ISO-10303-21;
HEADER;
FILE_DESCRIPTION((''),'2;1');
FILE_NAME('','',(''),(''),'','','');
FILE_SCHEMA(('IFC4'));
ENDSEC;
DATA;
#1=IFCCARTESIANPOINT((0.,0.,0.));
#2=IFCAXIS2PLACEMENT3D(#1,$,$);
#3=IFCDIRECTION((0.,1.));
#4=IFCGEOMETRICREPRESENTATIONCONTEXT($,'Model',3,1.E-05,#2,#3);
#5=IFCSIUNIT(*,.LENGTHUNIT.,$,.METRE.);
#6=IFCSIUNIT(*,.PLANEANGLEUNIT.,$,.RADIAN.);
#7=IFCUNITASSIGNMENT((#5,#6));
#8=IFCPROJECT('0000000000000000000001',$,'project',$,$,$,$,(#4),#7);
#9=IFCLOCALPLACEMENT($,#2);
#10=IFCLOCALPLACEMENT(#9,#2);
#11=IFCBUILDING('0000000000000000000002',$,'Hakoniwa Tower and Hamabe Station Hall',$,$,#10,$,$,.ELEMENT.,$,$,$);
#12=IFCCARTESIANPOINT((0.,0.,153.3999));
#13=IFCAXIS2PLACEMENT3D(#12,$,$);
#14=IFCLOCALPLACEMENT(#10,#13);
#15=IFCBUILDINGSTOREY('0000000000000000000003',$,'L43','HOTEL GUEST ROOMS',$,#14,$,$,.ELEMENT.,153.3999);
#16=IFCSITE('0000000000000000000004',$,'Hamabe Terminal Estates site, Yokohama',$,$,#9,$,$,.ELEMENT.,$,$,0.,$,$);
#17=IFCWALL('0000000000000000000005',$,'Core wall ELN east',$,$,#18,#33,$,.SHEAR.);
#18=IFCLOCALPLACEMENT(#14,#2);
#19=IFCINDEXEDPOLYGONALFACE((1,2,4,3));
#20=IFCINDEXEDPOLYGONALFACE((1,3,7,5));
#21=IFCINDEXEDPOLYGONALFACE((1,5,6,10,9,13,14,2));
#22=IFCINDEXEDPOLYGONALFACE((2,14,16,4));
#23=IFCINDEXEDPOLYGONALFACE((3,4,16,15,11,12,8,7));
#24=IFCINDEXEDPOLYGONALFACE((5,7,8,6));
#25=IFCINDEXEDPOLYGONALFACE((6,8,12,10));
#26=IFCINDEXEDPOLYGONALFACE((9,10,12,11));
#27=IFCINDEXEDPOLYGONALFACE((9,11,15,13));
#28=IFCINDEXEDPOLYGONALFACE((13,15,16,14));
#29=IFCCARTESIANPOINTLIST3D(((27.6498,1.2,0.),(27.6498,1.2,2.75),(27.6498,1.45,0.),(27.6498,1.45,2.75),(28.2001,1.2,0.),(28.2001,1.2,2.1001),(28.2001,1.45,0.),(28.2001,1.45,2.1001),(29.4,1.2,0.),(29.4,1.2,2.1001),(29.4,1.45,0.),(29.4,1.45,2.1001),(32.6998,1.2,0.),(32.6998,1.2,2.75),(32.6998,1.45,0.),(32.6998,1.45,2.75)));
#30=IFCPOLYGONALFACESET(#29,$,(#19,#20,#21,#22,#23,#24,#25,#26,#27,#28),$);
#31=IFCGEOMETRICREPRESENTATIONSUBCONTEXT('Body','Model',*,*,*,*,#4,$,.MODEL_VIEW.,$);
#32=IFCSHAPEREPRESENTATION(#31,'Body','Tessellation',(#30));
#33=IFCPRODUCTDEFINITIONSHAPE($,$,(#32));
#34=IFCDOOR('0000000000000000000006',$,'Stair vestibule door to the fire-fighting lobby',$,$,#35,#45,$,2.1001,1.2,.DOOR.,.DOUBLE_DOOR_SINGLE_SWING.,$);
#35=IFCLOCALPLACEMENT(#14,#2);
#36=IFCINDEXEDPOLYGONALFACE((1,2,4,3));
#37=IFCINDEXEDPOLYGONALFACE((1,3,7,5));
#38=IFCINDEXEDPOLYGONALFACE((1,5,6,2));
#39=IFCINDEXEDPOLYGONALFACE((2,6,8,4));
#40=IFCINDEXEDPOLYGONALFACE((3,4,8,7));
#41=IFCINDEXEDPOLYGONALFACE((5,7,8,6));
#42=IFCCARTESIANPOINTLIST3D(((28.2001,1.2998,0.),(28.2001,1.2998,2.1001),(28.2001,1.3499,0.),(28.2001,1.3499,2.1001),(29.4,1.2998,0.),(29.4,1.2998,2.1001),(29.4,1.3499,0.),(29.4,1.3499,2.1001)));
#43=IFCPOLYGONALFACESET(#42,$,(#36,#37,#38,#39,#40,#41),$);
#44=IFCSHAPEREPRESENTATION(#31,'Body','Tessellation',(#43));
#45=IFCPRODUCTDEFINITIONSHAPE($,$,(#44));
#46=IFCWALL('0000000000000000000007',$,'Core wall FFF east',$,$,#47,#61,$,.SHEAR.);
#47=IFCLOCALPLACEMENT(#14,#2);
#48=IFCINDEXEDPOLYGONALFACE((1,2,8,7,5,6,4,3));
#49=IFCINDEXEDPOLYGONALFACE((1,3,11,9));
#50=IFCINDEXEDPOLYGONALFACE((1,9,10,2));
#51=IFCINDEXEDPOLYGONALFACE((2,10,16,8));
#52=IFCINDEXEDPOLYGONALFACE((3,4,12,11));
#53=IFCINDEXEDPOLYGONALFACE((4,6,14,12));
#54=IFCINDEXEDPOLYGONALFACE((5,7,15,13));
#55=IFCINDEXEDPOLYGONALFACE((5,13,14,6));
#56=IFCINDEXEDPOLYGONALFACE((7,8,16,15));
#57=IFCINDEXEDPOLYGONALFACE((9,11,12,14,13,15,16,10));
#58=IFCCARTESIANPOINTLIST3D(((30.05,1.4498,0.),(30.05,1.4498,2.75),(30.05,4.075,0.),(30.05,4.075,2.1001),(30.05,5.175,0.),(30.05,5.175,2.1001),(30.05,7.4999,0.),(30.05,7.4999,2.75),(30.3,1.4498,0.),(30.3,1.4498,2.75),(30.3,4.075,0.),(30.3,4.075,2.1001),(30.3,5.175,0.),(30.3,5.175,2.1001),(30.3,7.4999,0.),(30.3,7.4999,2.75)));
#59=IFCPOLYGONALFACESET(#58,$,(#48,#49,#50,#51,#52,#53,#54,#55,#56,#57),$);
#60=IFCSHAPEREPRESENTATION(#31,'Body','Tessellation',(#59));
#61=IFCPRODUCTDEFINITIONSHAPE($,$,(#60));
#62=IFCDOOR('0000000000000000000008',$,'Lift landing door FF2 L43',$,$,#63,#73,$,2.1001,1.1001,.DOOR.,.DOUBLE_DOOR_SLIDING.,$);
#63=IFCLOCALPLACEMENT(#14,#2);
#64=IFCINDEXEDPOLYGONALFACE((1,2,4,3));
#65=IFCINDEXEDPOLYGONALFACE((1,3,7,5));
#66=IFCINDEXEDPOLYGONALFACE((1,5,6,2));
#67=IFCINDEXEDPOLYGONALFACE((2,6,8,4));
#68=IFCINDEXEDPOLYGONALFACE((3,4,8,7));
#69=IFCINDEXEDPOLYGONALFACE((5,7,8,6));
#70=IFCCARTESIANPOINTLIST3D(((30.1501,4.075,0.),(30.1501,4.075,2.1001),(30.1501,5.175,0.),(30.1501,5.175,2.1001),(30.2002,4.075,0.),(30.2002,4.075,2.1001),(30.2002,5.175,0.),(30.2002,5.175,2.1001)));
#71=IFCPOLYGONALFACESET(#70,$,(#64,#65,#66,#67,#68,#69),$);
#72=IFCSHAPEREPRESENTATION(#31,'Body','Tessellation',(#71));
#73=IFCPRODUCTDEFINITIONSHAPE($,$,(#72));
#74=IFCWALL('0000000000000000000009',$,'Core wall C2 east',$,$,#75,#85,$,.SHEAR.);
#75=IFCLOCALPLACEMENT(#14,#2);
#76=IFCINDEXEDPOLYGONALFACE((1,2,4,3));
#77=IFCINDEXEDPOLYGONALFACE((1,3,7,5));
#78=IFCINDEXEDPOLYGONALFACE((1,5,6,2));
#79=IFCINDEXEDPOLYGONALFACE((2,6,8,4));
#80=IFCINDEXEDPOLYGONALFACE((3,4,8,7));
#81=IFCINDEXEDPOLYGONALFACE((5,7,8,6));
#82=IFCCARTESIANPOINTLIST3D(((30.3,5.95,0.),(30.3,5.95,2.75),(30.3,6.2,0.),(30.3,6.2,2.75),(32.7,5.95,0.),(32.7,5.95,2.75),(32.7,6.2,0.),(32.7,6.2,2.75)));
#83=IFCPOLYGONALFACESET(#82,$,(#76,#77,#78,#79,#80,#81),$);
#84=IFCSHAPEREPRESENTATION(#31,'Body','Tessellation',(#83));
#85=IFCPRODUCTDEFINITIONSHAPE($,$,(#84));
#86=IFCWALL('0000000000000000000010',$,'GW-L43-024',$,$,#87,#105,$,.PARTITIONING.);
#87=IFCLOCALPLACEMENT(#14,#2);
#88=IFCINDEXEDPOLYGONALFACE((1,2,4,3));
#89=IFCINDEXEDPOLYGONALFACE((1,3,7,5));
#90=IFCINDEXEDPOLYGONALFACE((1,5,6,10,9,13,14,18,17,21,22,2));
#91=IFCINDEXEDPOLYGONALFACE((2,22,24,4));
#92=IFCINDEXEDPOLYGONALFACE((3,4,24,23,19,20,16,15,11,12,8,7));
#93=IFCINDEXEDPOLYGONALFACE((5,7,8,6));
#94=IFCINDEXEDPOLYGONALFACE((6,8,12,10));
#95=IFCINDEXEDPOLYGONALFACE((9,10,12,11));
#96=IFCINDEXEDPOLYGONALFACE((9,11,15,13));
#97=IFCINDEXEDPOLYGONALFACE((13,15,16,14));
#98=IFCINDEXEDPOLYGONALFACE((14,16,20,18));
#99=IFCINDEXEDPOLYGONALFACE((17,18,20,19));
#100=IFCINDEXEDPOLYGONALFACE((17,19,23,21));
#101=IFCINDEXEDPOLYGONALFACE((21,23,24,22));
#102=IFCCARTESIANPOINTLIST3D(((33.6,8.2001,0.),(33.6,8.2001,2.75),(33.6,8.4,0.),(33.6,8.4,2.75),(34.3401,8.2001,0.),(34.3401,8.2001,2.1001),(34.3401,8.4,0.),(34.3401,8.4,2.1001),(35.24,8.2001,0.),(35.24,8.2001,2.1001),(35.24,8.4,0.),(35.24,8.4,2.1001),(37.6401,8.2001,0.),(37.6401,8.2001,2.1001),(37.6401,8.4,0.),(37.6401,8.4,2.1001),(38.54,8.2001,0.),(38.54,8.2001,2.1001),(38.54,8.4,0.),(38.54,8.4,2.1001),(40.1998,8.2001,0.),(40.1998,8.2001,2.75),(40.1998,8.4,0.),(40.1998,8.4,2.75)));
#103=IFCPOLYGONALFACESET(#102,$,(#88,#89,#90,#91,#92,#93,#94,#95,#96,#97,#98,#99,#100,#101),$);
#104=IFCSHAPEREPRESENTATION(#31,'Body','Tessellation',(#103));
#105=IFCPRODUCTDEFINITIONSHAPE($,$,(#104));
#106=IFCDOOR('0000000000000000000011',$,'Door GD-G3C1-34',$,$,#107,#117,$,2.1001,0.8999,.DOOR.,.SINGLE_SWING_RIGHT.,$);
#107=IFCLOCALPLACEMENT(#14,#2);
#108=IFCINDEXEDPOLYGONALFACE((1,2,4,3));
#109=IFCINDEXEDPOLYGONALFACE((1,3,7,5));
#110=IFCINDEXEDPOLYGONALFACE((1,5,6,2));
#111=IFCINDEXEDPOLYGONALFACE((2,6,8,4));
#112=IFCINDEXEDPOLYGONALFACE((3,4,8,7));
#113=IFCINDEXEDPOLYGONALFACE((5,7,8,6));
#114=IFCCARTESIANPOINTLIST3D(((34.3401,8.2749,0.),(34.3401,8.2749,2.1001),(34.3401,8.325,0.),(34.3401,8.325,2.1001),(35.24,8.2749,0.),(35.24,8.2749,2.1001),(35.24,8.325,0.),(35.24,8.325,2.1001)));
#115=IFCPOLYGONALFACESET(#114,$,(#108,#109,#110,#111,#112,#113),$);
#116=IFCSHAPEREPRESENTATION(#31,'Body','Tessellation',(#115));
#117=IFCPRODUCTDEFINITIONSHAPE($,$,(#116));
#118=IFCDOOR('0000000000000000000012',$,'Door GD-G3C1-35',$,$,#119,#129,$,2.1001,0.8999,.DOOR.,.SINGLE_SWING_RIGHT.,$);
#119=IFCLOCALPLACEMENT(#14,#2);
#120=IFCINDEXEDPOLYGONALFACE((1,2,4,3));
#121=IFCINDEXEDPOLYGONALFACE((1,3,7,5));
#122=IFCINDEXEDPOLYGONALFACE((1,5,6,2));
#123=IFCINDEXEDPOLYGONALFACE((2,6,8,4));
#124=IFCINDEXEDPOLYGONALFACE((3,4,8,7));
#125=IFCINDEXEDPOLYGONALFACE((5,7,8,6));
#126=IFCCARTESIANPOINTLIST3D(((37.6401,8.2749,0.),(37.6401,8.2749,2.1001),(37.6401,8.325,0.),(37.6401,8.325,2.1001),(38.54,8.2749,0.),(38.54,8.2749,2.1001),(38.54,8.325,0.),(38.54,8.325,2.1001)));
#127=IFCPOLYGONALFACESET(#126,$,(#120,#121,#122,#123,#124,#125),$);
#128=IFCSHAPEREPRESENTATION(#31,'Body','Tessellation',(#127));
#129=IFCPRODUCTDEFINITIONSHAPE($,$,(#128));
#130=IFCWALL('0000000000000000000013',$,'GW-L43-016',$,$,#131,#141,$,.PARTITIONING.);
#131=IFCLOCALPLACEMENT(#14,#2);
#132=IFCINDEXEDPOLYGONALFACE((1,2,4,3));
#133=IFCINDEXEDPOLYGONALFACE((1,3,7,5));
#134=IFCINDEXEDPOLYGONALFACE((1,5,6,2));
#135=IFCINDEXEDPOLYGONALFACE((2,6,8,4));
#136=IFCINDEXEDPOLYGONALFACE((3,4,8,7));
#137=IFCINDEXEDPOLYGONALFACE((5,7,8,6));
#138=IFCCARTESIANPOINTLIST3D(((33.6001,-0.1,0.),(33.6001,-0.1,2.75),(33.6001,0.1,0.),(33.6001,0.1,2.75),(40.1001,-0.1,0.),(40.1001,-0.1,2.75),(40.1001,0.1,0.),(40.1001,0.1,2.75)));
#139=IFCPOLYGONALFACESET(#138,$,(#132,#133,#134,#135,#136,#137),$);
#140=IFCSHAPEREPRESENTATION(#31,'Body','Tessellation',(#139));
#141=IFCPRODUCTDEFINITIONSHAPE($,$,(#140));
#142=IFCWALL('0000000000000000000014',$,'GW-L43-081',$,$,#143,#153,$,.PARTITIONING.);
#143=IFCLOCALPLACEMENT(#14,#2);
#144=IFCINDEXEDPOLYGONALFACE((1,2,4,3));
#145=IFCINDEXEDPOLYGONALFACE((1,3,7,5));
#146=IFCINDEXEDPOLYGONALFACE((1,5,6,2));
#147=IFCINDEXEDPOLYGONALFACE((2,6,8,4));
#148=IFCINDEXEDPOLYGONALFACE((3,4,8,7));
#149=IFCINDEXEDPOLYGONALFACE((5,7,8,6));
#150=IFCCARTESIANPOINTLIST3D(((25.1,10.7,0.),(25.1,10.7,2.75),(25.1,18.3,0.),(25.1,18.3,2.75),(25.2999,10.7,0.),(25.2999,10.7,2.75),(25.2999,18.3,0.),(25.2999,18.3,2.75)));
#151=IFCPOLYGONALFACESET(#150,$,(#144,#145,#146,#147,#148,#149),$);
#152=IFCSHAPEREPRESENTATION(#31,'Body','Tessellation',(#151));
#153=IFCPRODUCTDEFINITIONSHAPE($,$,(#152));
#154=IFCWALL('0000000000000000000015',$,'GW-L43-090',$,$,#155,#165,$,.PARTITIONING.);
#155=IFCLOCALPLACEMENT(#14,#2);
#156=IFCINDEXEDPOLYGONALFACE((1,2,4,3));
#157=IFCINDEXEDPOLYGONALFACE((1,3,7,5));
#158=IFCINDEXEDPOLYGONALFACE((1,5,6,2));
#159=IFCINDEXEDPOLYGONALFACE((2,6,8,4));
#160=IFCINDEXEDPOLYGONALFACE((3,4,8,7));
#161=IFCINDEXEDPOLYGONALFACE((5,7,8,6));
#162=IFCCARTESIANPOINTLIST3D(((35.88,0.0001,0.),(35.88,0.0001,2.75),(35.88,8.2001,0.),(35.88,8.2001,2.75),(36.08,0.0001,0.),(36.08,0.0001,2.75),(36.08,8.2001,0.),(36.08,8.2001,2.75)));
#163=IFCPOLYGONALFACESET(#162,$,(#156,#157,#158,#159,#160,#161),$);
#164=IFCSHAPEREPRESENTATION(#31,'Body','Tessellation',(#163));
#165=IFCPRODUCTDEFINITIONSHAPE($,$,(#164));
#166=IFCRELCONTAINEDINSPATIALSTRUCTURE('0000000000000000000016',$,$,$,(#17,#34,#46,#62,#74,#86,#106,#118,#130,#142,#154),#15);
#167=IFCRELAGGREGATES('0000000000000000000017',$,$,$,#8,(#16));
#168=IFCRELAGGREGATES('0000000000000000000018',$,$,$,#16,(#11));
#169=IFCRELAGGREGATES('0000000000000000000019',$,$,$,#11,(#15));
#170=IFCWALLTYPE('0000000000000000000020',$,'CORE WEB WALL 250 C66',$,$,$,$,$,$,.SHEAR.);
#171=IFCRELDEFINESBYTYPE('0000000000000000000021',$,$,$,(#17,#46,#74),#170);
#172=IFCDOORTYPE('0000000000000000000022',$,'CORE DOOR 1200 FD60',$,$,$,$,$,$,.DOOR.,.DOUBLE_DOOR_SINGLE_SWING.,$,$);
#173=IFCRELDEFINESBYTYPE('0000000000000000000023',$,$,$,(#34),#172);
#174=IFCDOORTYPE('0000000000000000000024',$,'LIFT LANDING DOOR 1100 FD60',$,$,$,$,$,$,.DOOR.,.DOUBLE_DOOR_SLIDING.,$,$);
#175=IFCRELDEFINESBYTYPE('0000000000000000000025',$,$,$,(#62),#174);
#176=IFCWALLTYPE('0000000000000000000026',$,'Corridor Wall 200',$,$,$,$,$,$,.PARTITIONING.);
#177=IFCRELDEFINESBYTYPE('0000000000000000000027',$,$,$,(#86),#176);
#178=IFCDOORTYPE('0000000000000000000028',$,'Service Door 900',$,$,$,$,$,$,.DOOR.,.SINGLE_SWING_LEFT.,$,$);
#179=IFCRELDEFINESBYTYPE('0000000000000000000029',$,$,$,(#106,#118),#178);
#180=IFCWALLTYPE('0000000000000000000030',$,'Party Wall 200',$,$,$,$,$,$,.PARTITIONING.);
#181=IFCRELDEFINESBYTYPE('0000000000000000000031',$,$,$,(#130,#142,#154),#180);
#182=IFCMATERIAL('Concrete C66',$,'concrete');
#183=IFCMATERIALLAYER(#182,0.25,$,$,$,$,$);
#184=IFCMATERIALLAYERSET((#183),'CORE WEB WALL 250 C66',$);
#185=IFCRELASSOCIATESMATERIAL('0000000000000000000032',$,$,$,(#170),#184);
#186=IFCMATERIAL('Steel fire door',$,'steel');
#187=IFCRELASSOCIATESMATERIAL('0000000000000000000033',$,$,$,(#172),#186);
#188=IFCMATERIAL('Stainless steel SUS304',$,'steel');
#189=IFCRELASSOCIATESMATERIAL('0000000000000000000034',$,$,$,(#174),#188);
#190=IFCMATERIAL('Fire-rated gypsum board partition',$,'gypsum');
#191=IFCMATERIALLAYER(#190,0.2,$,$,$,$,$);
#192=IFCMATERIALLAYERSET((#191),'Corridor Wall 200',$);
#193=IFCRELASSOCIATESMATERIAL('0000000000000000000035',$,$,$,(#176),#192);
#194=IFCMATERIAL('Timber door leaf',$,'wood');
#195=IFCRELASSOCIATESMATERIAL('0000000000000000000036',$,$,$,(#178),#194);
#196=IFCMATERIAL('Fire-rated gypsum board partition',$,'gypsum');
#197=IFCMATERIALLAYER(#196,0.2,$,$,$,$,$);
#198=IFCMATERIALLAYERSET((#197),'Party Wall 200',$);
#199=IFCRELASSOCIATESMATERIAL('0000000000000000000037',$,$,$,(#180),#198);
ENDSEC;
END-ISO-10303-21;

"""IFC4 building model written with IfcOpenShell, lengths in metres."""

from ifc_helpers import new_model, si_unit, direction, frame, frame_2d, origin, place, context, subcontext, project, spatial, rectangle, extrude, material, layer, layer_set, type_object, element, fill, save


model = new_model("IFC4")

# Units and contexts
model_context = context("Model", 3, precision=1e-05, world=origin(), true_north=direction((0.0, 1.0)))
body_context = subcontext(model_context, "Body", "Model", "MODEL_VIEW")
ifc_project = project(units=[si_unit("LENGTHUNIT", "METRE"), si_unit("PLANEANGLEUNIT", "RADIAN")], contexts=[model_context])

# Site, building, storey
site_placement = place(None, origin())
site = spatial("IfcSite", under=ifc_project, at=site_placement, Name="Hamabe Terminal Estates site, Yokohama", CompositionType="ELEMENT", RefElevation=0.0)
building_placement = place(site_placement, origin())
building = spatial("IfcBuilding", under=site, at=building_placement, Name="Hakoniwa Tower and Hamabe Station Hall", CompositionType="ELEMENT")
storey_placement = place(building_placement, frame((0.0, 0.0, 153.3999)))
storey = spatial("IfcBuildingStorey", under=building, at=storey_placement, Name="L43", Description="HOTEL GUEST ROOMS", CompositionType="ELEMENT", Elevation=153.3999)

# Shared definitions
ifc_material_1 = material(Name="Concrete C66", Category="concrete")
ifc_layer_1 = layer(ifc_material_1, 0.25)
ifc_layer_set_1 = layer_set([ifc_layer_1], Name="CORE WEB WALL 250 C66")
wall_type_1 = type_object("IfcWallType", Name="CORE WEB WALL 250 C66", PredefinedType="SHEAR", material=ifc_layer_set_1)

# Walls, openings, doors
ifc_material_2 = material(Name="Steel fire door", Category="steel")
door_type_1 = type_object("IfcDoorType", Name="CORE DOOR 1200 FD60", OperationType="DOUBLE_DOOR_SINGLE_SWING", PredefinedType="DOOR", material=ifc_material_2)
wall_1_placement = place(storey_placement, frame((27.6499, 1.325, 0.0), z_axis=(0.0, 0.0, 1.0), x_axis=(1.0, 0.0, 0.0)))
wall_1 = element("IfcWall", 1, at=wall_1_placement, inside=storey, type_object=wall_type_1, Name="Core wall ELN east", PredefinedType="SHEAR", context=body_context, shape_type="SweptSolid", body=[
    extrude(rectangle(XDim=5.05, YDim=0.25, at=frame_2d((2.5249, 0.0))), origin(), (0.0, 0.0, 1.0), 2.75),
])
opening_1_placement = place(wall_1_placement, frame((0.55, 0.0, 0.0)))
opening_1 = element("IfcOpeningElement", 2, at=opening_1_placement, cuts=wall_1, PredefinedType="OPENING", context=body_context, shape_type="SweptSolid", body=[
    extrude(rectangle(XDim=1.2, YDim=2.1001, at=frame_2d((0.6001, 1.05))), frame((0.0, 0.135, 0.0), z_axis=(0.0, -1.0, 0.0), x_axis=(1.0, 0.0, 0.0)), (0.0, 0.0, 1.0), 0.27),
])
door_1_placement = place(opening_1_placement, origin())
door_1 = element("IfcDoor", 3, at=door_1_placement, inside=storey, type_object=door_type_1, Name="Stair vestibule door to the fire-fighting lobby", OperationType="DOUBLE_DOOR_SINGLE_SWING", OverallHeight=2.1001, OverallWidth=1.2, PredefinedType="DOOR", context=body_context, shape_type="SweptSolid", body=[
    extrude(rectangle(XDim=1.2, YDim=2.1001, at=frame_2d((0.6001, 1.05))), frame((0.0, 0.0249, 0.0), z_axis=(0.0, -1.0, 0.0), x_axis=(1.0, 0.0, 0.0)), (0.0, 0.0, 1.0), 0.05),
])
fill(opening_1, door_1)
wall_2_placement = place(storey_placement, frame((30.175, 1.45, 0.0), z_axis=(0.0, 0.0, 1.0), x_axis=(0.0, 1.0, 0.0)))
wall_2 = element("IfcWall", 4, at=wall_2_placement, inside=storey, type_object=wall_type_1, Name="Core wall FFF east", PredefinedType="SHEAR", context=body_context, shape_type="SweptSolid", body=[
    extrude(rectangle(XDim=6.05, YDim=0.25, at=frame_2d((3.0249, 0.0))), origin(), (0.0, 0.0, 1.0), 2.75),
])
opening_2_placement = place(wall_2_placement, frame((2.625, 0.0, 0.0)))
opening_2 = element("IfcOpeningElement", 5, at=opening_2_placement, cuts=wall_2, PredefinedType="OPENING", context=body_context, shape_type="SweptSolid", body=[
    extrude(rectangle(XDim=1.1001, YDim=2.1001, at=frame_2d((0.55, 1.05))), frame((0.0, 0.135, 0.0), z_axis=(0.0, -1.0, 0.0), x_axis=(1.0, 0.0, 0.0)), (0.0, 0.0, 1.0), 0.27),
])
ifc_material_3 = material(Name="Stainless steel SUS304", Category="steel")
door_type_2 = type_object("IfcDoorType", Name="LIFT LANDING DOOR 1100 FD60", OperationType="DOUBLE_DOOR_SLIDING", PredefinedType="DOOR", material=ifc_material_3)
door_2_placement = place(opening_2_placement, origin())
door_2 = element("IfcDoor", 6, at=door_2_placement, inside=storey, type_object=door_type_2, Name="Lift landing door FF2 L43", OperationType="DOUBLE_DOOR_SLIDING", OverallHeight=2.1001, OverallWidth=1.1001, PredefinedType="DOOR", context=body_context, shape_type="SweptSolid", body=[
    extrude(rectangle(XDim=1.1001, YDim=2.1001, at=frame_2d((0.55, 1.05))), frame((0.0, 0.0249, 0.0), z_axis=(0.0, -1.0, 0.0), x_axis=(1.0, 0.0, 0.0)), (0.0, 0.0, 1.0), 0.05),
])
fill(opening_2, door_2)

# Wall
wall_3_placement = place(storey_placement, frame((30.3, 6.075, 0.0), z_axis=(0.0, 0.0, 1.0), x_axis=(1.0, 0.0, 0.0)))
element("IfcWall", 7, at=wall_3_placement, inside=storey, type_object=wall_type_1, Name="Core wall C2 east", PredefinedType="SHEAR", context=body_context, shape_type="SweptSolid", body=[
    extrude(rectangle(XDim=2.3999, YDim=0.25, at=frame_2d((1.2, 0.0))), origin(), (0.0, 0.0, 1.0), 2.75),
])

# Wall, openings, doors
ifc_material_4 = material(Name="Fire-rated gypsum board partition", Category="gypsum")
ifc_layer_2 = layer(ifc_material_4, 0.2)
ifc_layer_set_2 = layer_set([ifc_layer_2], Name="Corridor Wall 200")
wall_type_2 = type_object("IfcWallType", Name="Corridor Wall 200", PredefinedType="PARTITIONING", material=ifc_layer_set_2)
wall_4_placement = place(storey_placement, frame((33.6001, 8.3, 0.0), z_axis=(0.0, 0.0, 1.0), x_axis=(1.0, 0.0, 0.0)))
wall_4 = element("IfcWall", 8, at=wall_4_placement, inside=storey, type_object=wall_type_2, Name="GW-L43-024", PredefinedType="PARTITIONING", context=body_context, shape_type="SweptSolid", body=[
    extrude(rectangle(XDim=6.5999, YDim=0.2, at=frame_2d((3.2998, 0.0))), origin(), (0.0, 0.0, 1.0), 2.75),
])
opening_3_placement = place(wall_4_placement, frame((0.74, 0.0, 0.0)))
opening_3 = element("IfcOpeningElement", 9, at=opening_3_placement, cuts=wall_4, PredefinedType="OPENING", context=body_context, shape_type="SweptSolid", body=[
    extrude(rectangle(XDim=0.8999, YDim=2.1001, at=frame_2d((0.45, 1.05))), frame((0.0, 0.1099, 0.0), z_axis=(0.0, -1.0, 0.0), x_axis=(1.0, 0.0, 0.0)), (0.0, 0.0, 1.0), 0.22),
])
opening_4_placement = place(wall_4_placement, frame((4.04, 0.0, 0.0)))
opening_4 = element("IfcOpeningElement", 10, at=opening_4_placement, cuts=wall_4, PredefinedType="OPENING", context=body_context, shape_type="SweptSolid", body=[
    extrude(rectangle(XDim=0.8999, YDim=2.1001, at=frame_2d((0.45, 1.05))), frame((0.0, 0.1099, 0.0), z_axis=(0.0, -1.0, 0.0), x_axis=(1.0, 0.0, 0.0)), (0.0, 0.0, 1.0), 0.22),
])
ifc_material_5 = material(Name="Timber door leaf", Category="wood")
door_type_3 = type_object("IfcDoorType", Name="Service Door 900", OperationType="SINGLE_SWING_LEFT", PredefinedType="DOOR", material=ifc_material_5)
door_3_placement = place(opening_3_placement, origin())
door_3 = element("IfcDoor", 11, at=door_3_placement, inside=storey, type_object=door_type_3, Name="Door GD-G3C1-34", OperationType="SINGLE_SWING_RIGHT", OverallHeight=2.1001, OverallWidth=0.8999, PredefinedType="DOOR", context=body_context, shape_type="SweptSolid", body=[
    extrude(rectangle(XDim=0.8999, YDim=2.1001, at=frame_2d((0.45, 1.05))), frame((0.0, 0.0249, 0.0), z_axis=(0.0, -1.0, 0.0), x_axis=(1.0, 0.0, 0.0)), (0.0, 0.0, 1.0), 0.05),
])
fill(opening_3, door_3)
door_4_placement = place(opening_4_placement, origin())
door_4 = element("IfcDoor", 12, at=door_4_placement, inside=storey, type_object=door_type_3, Name="Door GD-G3C1-35", OperationType="SINGLE_SWING_RIGHT", OverallHeight=2.1001, OverallWidth=0.8999, PredefinedType="DOOR", context=body_context, shape_type="SweptSolid", body=[
    extrude(rectangle(XDim=0.8999, YDim=2.1001, at=frame_2d((0.45, 1.05))), frame((0.0, 0.0249, 0.0), z_axis=(0.0, -1.0, 0.0), x_axis=(1.0, 0.0, 0.0)), (0.0, 0.0, 1.0), 0.05),
])
fill(opening_4, door_4)

# Walls
ifc_material_6 = material(Name="Fire-rated gypsum board partition", Category="gypsum")
ifc_layer_3 = layer(ifc_material_6, 0.2)
ifc_layer_set_3 = layer_set([ifc_layer_3], Name="Party Wall 200")
wall_type_3 = type_object("IfcWallType", Name="Party Wall 200", PredefinedType="PARTITIONING", material=ifc_layer_set_3)
wall_5_placement = place(storey_placement, frame((33.6001, 0.0, 0.0), z_axis=(0.0, 0.0, 1.0), x_axis=(1.0, 0.0, 0.0)))
element("IfcWall", 13, at=wall_5_placement, inside=storey, type_object=wall_type_3, Name="GW-L43-016", PredefinedType="PARTITIONING", context=body_context, shape_type="SweptSolid", body=[
    extrude(rectangle(XDim=6.5, YDim=0.2, at=frame_2d((3.25, 0.0))), origin(), (0.0, 0.0, 1.0), 2.75),
])
wall_6_placement = place(storey_placement, frame((25.2, 10.7, 0.0), z_axis=(0.0, 0.0, 1.0), x_axis=(0.0, 1.0, 0.0)))
element("IfcWall", 14, at=wall_6_placement, inside=storey, type_object=wall_type_3, Name="GW-L43-081", PredefinedType="PARTITIONING", context=body_context, shape_type="SweptSolid", body=[
    extrude(rectangle(XDim=7.6001, YDim=0.2, at=frame_2d((3.8, 0.0))), origin(), (0.0, 0.0, 1.0), 2.75),
])
wall_7_placement = place(storey_placement, frame((35.98, 0.0, 0.0), z_axis=(0.0, 0.0, 1.0), x_axis=(0.0, 1.0, 0.0)))
element("IfcWall", 15, at=wall_7_placement, inside=storey, type_object=wall_type_3, Name="GW-L43-090", PredefinedType="PARTITIONING", context=body_context, shape_type="SweptSolid", body=[
    extrude(rectangle(XDim=8.2, YDim=0.2, at=frame_2d((4.1001, 0.0))), origin(), (0.0, 0.0, 1.0), 2.75),
])

save(model, "model.ifc")
